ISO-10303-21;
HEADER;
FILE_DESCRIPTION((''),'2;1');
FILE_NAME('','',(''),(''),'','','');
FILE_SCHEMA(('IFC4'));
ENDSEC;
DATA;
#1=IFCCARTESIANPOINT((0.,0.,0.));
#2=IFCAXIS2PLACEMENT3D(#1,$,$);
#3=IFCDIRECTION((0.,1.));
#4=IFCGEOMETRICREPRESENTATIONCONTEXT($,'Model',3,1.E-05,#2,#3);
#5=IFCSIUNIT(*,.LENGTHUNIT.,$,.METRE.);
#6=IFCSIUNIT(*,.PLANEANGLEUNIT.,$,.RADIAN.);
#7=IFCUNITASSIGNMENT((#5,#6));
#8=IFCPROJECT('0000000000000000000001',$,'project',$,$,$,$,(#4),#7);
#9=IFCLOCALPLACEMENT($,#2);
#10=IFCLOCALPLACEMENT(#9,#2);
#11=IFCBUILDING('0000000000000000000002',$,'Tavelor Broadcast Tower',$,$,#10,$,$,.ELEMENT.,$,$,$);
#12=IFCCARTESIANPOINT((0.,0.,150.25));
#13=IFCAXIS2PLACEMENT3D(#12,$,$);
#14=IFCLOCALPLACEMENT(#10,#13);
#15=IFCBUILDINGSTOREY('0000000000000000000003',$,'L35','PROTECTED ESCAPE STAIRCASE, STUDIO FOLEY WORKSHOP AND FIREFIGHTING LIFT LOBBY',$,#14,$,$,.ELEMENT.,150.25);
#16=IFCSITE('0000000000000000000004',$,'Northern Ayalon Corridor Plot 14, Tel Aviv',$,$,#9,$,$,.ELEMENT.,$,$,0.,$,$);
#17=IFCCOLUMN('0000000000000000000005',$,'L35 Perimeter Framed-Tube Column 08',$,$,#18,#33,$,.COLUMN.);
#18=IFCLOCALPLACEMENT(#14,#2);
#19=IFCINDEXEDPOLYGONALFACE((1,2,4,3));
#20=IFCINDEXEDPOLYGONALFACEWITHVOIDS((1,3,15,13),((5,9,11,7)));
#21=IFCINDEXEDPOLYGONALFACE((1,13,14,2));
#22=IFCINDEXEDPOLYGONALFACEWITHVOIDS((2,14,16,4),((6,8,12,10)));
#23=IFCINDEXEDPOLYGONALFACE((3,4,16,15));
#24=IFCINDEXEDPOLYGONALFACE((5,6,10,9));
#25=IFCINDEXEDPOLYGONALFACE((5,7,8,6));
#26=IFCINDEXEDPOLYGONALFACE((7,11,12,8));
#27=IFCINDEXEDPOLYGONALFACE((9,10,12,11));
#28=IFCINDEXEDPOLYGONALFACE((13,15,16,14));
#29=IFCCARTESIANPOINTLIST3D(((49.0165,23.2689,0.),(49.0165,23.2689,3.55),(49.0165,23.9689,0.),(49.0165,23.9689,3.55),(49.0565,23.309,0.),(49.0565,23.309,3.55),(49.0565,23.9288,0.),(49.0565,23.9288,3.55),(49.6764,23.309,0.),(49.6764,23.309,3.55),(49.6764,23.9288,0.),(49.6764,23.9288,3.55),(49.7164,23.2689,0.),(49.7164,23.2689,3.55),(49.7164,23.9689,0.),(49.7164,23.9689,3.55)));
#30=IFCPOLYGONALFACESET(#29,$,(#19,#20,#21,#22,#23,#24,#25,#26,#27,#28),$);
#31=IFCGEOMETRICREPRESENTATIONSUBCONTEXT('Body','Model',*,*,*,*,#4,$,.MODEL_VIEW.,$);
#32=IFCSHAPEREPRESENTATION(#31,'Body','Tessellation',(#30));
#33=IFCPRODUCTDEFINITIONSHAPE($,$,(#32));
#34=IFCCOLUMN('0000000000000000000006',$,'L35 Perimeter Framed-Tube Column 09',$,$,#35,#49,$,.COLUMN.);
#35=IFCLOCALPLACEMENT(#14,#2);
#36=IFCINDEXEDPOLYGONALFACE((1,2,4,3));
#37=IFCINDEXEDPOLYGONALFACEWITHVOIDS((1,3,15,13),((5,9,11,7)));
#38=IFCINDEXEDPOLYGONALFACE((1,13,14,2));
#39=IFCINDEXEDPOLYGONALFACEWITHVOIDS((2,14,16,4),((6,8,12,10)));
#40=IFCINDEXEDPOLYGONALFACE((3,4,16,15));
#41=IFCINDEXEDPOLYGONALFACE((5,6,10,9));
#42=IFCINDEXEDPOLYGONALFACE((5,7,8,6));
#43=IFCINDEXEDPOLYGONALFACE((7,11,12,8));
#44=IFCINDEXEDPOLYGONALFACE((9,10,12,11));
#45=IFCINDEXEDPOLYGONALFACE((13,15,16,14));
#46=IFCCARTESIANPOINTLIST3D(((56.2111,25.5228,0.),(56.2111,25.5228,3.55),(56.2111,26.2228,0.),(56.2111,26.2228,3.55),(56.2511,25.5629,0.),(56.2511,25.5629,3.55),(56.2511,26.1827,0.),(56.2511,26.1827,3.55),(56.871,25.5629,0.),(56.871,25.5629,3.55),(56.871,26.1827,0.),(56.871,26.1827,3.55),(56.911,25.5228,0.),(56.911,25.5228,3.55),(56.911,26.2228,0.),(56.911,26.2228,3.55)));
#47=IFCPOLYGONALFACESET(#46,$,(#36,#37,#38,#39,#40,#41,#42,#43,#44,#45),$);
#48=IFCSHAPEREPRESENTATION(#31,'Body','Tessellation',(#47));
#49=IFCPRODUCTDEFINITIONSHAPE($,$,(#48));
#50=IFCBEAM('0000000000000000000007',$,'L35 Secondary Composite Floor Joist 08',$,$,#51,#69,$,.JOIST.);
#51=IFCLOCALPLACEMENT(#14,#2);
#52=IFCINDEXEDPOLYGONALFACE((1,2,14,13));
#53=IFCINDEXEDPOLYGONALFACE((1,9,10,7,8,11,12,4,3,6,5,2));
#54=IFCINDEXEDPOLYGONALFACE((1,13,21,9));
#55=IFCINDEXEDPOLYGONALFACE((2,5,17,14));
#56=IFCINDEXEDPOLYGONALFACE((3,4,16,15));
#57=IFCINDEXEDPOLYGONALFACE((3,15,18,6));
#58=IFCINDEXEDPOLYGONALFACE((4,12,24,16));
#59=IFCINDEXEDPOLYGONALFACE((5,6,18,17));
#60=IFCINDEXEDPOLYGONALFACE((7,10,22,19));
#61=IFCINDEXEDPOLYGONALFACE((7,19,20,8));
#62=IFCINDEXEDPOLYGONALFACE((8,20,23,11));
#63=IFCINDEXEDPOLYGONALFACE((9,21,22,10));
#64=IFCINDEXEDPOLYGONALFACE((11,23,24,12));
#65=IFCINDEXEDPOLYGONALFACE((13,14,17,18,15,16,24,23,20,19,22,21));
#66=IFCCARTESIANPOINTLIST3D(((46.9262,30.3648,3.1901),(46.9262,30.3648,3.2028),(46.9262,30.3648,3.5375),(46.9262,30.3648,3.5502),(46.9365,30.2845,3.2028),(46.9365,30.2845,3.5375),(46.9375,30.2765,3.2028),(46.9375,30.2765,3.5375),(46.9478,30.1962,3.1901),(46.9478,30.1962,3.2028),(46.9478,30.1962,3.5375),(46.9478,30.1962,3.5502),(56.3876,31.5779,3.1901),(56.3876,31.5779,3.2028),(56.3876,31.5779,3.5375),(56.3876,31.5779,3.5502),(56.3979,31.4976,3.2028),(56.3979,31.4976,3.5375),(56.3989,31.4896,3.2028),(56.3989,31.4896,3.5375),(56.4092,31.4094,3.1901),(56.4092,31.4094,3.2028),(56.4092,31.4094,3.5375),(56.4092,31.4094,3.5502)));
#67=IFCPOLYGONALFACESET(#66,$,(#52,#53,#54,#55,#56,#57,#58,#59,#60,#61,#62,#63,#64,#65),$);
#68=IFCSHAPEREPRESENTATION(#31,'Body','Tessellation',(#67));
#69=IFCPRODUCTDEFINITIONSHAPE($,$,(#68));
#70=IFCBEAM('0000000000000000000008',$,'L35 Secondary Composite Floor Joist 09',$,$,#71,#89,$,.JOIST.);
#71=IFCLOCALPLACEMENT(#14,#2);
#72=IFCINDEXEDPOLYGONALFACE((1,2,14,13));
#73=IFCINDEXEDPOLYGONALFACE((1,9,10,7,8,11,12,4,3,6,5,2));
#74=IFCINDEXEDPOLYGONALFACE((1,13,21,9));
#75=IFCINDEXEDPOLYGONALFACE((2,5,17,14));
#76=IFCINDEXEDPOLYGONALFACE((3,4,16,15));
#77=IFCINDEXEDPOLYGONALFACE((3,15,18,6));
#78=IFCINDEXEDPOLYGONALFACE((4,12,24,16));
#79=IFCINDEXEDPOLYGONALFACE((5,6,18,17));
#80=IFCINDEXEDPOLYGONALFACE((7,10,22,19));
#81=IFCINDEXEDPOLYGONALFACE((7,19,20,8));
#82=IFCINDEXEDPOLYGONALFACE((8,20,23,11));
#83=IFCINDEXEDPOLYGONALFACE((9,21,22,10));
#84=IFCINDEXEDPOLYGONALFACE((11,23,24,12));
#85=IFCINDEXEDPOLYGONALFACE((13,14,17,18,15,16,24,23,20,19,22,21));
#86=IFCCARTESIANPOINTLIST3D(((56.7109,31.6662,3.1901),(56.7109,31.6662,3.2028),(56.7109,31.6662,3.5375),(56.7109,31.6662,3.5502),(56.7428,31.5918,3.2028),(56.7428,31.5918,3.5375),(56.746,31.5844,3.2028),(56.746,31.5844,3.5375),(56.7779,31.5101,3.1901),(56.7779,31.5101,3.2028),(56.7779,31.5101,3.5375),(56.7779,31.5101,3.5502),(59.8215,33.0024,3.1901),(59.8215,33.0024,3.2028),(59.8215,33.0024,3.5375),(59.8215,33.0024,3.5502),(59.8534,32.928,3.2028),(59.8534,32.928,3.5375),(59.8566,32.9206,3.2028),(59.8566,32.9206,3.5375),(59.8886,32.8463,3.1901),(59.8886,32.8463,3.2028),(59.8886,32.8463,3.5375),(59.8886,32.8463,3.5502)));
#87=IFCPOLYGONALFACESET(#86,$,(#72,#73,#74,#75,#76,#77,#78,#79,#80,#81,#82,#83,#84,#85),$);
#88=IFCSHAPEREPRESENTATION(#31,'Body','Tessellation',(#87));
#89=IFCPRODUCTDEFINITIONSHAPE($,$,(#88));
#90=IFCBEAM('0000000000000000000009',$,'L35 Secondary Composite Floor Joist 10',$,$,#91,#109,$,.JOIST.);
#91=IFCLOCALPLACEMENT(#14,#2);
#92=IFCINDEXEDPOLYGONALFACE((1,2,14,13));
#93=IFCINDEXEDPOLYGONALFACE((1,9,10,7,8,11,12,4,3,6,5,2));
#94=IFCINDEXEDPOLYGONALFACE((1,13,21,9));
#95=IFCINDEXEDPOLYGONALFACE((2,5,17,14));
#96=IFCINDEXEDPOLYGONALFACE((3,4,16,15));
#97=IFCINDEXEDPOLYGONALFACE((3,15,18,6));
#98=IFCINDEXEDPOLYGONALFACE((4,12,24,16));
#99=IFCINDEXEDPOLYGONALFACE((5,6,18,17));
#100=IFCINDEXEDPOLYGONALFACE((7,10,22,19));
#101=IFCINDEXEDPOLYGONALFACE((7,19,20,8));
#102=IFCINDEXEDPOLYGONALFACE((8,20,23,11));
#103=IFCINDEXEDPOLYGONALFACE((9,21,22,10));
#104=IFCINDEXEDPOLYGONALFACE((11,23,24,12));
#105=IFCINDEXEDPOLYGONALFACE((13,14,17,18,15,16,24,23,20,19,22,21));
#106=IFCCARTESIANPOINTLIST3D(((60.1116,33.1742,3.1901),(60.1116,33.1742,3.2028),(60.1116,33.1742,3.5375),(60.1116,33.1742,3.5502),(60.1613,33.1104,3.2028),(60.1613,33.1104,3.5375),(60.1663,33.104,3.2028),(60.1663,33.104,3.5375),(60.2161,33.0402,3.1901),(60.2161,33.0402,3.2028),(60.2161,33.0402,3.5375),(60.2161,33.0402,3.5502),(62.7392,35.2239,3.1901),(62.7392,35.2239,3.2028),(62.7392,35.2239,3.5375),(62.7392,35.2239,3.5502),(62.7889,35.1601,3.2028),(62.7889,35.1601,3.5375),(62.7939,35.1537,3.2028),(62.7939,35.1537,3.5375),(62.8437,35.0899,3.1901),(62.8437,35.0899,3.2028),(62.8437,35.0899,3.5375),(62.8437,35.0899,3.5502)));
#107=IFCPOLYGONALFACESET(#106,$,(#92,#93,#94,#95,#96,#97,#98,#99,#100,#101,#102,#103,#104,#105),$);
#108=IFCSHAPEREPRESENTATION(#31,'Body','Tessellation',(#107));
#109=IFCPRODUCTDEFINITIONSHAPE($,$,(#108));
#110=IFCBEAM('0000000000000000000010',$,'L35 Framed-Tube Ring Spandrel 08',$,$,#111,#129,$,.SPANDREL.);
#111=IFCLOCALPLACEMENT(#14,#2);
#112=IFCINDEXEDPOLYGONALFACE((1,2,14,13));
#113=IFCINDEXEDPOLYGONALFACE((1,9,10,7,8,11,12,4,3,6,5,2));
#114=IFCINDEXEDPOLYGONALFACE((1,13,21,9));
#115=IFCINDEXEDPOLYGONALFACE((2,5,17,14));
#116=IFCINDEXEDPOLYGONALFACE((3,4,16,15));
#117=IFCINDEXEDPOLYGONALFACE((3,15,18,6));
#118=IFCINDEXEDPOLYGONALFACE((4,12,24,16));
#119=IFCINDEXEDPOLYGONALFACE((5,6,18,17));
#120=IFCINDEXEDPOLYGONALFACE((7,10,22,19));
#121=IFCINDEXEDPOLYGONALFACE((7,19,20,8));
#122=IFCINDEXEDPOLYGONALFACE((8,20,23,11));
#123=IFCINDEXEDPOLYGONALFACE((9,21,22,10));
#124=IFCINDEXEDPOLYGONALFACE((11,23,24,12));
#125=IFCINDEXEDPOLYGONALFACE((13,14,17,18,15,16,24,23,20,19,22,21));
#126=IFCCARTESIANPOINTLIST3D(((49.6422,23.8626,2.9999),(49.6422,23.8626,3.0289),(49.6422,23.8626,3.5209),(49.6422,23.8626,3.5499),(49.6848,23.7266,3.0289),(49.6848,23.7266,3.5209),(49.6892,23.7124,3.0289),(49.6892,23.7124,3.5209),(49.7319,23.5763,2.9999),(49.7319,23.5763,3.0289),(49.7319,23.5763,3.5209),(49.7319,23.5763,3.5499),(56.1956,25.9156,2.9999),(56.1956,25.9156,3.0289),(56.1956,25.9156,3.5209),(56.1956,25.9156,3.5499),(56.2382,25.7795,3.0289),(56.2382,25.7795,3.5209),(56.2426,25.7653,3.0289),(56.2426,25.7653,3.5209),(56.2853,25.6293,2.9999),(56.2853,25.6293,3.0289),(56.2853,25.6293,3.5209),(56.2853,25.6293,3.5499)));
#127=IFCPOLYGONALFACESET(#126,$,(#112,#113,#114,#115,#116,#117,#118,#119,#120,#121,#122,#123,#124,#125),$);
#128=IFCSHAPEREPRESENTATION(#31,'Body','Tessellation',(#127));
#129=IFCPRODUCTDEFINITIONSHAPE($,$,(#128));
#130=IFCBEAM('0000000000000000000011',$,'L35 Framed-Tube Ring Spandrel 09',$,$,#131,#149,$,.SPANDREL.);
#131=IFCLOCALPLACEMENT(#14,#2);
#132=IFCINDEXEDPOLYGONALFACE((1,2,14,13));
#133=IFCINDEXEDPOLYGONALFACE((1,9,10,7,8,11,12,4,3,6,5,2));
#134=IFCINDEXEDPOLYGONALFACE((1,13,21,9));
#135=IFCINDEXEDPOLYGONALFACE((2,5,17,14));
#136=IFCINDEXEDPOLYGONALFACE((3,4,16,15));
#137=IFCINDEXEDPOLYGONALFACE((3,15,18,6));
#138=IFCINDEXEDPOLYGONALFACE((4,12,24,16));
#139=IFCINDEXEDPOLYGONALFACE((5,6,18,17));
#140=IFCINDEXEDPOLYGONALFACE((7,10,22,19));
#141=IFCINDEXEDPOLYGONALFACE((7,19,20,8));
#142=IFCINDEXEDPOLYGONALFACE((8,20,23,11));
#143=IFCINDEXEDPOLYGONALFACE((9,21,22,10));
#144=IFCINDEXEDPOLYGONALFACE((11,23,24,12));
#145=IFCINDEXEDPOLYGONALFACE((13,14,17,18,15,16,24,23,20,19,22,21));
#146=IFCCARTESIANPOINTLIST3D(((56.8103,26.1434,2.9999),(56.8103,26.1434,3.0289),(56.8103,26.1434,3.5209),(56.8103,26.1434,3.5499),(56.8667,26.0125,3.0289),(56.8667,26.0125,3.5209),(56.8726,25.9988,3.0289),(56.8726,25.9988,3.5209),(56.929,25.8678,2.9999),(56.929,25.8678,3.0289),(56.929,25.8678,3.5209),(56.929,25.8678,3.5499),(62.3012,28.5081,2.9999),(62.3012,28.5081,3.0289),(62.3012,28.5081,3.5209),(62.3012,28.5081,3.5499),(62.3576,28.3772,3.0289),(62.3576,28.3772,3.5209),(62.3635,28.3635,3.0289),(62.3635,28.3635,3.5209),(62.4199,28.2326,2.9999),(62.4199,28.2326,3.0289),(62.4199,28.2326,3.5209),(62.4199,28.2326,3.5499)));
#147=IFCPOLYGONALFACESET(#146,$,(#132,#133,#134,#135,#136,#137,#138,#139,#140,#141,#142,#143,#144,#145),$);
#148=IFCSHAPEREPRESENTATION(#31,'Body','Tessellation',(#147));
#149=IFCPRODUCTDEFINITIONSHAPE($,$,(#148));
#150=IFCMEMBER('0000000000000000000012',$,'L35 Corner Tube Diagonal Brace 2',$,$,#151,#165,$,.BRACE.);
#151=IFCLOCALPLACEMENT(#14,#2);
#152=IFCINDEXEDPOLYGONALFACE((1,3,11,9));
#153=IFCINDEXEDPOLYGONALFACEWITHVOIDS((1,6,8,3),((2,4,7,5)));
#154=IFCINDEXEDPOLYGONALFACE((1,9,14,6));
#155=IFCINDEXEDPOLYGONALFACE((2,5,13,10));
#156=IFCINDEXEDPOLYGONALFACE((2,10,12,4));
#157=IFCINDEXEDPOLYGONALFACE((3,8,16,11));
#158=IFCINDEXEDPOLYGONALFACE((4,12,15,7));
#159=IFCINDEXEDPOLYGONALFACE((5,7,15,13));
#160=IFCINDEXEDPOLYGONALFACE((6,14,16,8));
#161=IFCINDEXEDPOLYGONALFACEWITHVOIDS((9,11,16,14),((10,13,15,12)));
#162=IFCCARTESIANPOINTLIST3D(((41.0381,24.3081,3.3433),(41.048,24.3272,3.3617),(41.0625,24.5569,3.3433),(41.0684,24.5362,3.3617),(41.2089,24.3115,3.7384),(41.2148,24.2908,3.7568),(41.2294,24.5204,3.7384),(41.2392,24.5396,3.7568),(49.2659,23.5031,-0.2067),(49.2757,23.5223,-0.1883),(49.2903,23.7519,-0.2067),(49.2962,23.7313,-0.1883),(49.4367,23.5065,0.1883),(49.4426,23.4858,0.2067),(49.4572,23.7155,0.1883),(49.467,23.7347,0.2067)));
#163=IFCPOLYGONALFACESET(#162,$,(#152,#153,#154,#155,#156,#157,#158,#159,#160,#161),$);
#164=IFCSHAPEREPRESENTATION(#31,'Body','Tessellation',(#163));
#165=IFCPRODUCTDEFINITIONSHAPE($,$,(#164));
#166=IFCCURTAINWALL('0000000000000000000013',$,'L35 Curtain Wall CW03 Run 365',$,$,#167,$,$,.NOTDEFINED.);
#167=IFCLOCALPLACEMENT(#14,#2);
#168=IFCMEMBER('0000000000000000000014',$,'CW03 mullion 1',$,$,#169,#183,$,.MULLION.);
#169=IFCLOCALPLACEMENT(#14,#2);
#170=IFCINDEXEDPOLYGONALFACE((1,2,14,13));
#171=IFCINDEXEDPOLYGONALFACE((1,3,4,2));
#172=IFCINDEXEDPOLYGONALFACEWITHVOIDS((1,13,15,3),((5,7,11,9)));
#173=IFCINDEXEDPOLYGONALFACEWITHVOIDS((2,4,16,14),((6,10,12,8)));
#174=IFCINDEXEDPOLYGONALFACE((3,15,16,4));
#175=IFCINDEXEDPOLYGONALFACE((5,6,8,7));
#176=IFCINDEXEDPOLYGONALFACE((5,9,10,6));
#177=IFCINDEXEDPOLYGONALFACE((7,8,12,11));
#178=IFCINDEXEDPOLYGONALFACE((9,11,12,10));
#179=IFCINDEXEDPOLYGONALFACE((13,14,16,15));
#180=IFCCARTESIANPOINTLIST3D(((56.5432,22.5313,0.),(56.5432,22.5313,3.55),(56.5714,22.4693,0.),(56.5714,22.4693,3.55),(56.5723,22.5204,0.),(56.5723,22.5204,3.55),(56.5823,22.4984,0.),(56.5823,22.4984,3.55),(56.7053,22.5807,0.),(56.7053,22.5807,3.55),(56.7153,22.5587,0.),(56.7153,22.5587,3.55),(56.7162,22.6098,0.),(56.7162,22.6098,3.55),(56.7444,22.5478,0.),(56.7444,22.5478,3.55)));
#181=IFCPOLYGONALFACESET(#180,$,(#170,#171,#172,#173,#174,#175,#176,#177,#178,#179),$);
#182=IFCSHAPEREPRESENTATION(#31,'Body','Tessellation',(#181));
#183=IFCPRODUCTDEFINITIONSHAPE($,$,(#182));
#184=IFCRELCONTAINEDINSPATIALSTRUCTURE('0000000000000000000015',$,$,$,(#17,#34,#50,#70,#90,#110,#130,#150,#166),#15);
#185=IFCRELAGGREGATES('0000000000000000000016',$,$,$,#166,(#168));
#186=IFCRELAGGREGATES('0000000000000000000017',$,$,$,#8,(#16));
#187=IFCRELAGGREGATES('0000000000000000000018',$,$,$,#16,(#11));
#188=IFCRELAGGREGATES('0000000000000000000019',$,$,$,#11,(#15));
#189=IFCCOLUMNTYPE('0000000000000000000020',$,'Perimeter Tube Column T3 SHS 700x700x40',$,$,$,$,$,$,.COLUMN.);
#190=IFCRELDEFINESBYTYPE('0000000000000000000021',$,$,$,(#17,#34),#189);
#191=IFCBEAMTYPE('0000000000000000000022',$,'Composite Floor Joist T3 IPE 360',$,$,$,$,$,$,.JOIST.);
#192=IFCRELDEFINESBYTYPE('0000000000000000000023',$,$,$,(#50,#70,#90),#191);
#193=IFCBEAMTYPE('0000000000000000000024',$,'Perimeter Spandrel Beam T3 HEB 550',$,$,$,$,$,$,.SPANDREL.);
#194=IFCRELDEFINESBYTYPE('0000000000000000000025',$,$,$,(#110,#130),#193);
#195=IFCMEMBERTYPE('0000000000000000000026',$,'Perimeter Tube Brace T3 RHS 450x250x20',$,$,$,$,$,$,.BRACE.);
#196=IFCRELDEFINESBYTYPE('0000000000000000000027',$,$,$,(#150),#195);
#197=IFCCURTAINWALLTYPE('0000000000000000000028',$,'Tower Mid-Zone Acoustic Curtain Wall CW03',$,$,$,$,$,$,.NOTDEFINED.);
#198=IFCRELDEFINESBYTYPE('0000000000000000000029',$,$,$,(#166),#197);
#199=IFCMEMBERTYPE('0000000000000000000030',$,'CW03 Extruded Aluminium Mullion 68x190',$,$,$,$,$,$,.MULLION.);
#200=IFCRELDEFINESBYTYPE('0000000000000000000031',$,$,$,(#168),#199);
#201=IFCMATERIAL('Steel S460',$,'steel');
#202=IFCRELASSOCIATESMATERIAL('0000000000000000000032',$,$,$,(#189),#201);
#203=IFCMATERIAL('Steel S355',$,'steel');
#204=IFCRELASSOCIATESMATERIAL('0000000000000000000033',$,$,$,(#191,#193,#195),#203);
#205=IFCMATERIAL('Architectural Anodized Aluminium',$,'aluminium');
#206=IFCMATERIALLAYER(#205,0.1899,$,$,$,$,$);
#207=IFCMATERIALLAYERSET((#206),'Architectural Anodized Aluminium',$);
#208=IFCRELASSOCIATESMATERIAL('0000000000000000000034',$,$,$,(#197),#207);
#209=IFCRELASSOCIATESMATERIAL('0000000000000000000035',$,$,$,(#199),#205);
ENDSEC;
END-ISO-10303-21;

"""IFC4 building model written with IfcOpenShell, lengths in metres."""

from ifc_helpers import new_model, si_unit, direction, frame, origin, origin_2d, place, context, subcontext, project, spatial, hollow_rectangle, i_section, extrude, source, transform, mapped, material, layer, layer_set, material_profile, profile_set, type_object, type_shapes, element, aggregate, save


model = new_model("IFC4")

# Units and contexts
model_context = context("Model", 3, precision=1e-05, world=origin(), true_north=direction((0.0, 1.0)))
body_context = subcontext(model_context, "Body", "Model", "MODEL_VIEW")
ifc_project = project(units=[si_unit("LENGTHUNIT", "METRE"), si_unit("PLANEANGLEUNIT", "RADIAN")], contexts=[model_context])

# Site, building, storey
site_placement = place(None, origin())
site = spatial("IfcSite", under=ifc_project, at=site_placement, Name="Northern Ayalon Corridor Plot 14, Tel Aviv", CompositionType="ELEMENT", RefElevation=0.0)
building_placement = place(site_placement, origin())
building = spatial("IfcBuilding", under=site, at=building_placement, Name="Tavelor Broadcast Tower", CompositionType="ELEMENT")
storey_placement = place(building_placement, frame((0.0, 0.0, 150.25)))
storey = spatial("IfcBuildingStorey", under=building, at=storey_placement, Name="L35", Description="PROTECTED ESCAPE STAIRCASE, STUDIO FOLEY WORKSHOP AND FIREFIGHTING LIFT LOBBY", CompositionType="ELEMENT", Elevation=150.25)

# Columns
ifc_material_1 = material(Name="Steel S460", Category="steel")
ifc_material_profile_1 = material_profile(ifc_material_1, hollow_rectangle(XDim=0.7, YDim=0.7, WallThickness=0.04, at=origin_2d()), Name="SHS 700x700x40")
ifc_profile_set_1 = profile_set([ifc_material_profile_1], Name="Steel S460")
column_type = type_object("IfcColumnType", Name="Perimeter Tube Column T3 SHS 700x700x40", PredefinedType="COLUMN", material=ifc_profile_set_1)
for number, where, z_axis, x_axis, name in (
    (1, (49.3665, 23.6189, 0.0), (0.0, 0.0, 1.0), (1.0, 0.0, 0.0), "L35 Perimeter Framed-Tube Column 08"),
    (2, (56.561, 25.8728, 0.0), (0.0, 0.0, 1.0), (1.0, 0.0, 0.0), "L35 Perimeter Framed-Tube Column 09"),
):
    element("IfcColumn", number, at=place(storey_placement, frame(where, z_axis=z_axis, x_axis=x_axis)), inside=storey, type_object=column_type, Name=name, PredefinedType="COLUMN", context=body_context, shape_type="SweptSolid", body=[
        extrude(hollow_rectangle(XDim=0.7, YDim=0.7, WallThickness=0.04, at=origin_2d()), origin(), (0.0, 0.0, 1.0), 3.55),
    ])

# Beams
ifc_material_2 = material(Name="Steel S355", Category="steel")
ifc_material_profile_2 = material_profile(ifc_material_2, i_section(OverallWidth=0.1699, OverallDepth=0.3601, WebThickness=0.0081, FlangeThickness=0.0127, at=origin_2d()), Name="IPE 360")
ifc_profile_set_2 = profile_set([ifc_material_profile_2], Name="Steel S355")
beam_type_1 = type_object("IfcBeamType", Name="Composite Floor Joist T3 IPE 360", PredefinedType="JOIST", material=ifc_profile_set_2)
beam_1_placement = place(storey_placement, frame((46.937, 30.2805, 3.3701), z_axis=(0.99188, 0.127178, 0.0), x_axis=(-0.127178, 0.99188, 0.0)))
element("IfcBeam", 3, at=beam_1_placement, inside=storey, type_object=beam_type_1, Name="L35 Secondary Composite Floor Joist 08", PredefinedType="JOIST", context=body_context, shape_type="SweptSolid", body=[
    extrude(i_section(OverallWidth=0.1699, OverallDepth=0.3601, WebThickness=0.0081, FlangeThickness=0.0127, at=origin_2d()), origin(), (0.0, 0.0, 1.0), 9.5388),
])
beam_2_placement = place(storey_placement, frame((56.7444, 31.5881, 3.3701), z_axis=(0.918816, 0.394685, 0.0), x_axis=(-0.394685, 0.918816, 0.0)))
element("IfcBeam", 4, at=beam_2_placement, inside=storey, type_object=beam_type_1, Name="L35 Secondary Composite Floor Joist 09", PredefinedType="JOIST", context=body_context, shape_type="SweptSolid", body=[
    extrude(i_section(OverallWidth=0.1699, OverallDepth=0.3601, WebThickness=0.0081, FlangeThickness=0.0127, at=origin_2d()), origin(), (0.0, 0.0, 1.0), 3.3855),
])
beam_3_placement = place(storey_placement, frame((60.1638, 33.1072, 3.3701), z_axis=(0.788472, 0.615071, 0.0), x_axis=(-0.615071, 0.788472, 0.0)))
element("IfcBeam", 5, at=beam_3_placement, inside=storey, type_object=beam_type_1, Name="L35 Secondary Composite Floor Joist 10", PredefinedType="JOIST", context=body_context, shape_type="SweptSolid", body=[
    extrude(i_section(OverallWidth=0.1699, OverallDepth=0.3601, WebThickness=0.0081, FlangeThickness=0.0127, at=origin_2d()), origin(), (0.0, 0.0, 1.0), 3.3325),
])
ifc_material_profile_3 = material_profile(ifc_material_2, i_section(OverallWidth=0.3, OverallDepth=0.55, WebThickness=0.0149, FlangeThickness=0.0291, at=origin_2d()), Name="HEB 550")
ifc_profile_set_3 = profile_set([ifc_material_profile_3], Name="Steel S355")
beam_type_2 = type_object("IfcBeamType", Name="Perimeter Spandrel Beam T3 HEB 550", PredefinedType="SPANDREL", material=ifc_profile_set_3)
beam_4_placement = place(storey_placement, frame((49.687, 23.7195, 3.2749), z_axis=(0.954272, 0.298941, 0.0), x_axis=(-0.298941, 0.954272, 0.0)))
element("IfcBeam", 6, at=beam_4_placement, inside=storey, type_object=beam_type_2, Name="L35 Framed-Tube Ring Spandrel 08", PredefinedType="SPANDREL", context=body_context, shape_type="SweptSolid", body=[
    extrude(i_section(OverallWidth=0.3, OverallDepth=0.55, WebThickness=0.0149, FlangeThickness=0.0291, at=origin_2d()), origin(), (0.0, 0.0, 1.0), 6.8674),
])
beam_5_placement = place(storey_placement, frame((56.8696, 26.0056, 3.2749), z_axis=(0.918449, 0.39554, 0.0), x_axis=(-0.39554, 0.918449, 0.0)))
element("IfcBeam", 7, at=beam_5_placement, inside=storey, type_object=beam_type_2, Name="L35 Framed-Tube Ring Spandrel 09", PredefinedType="SPANDREL", context=body_context, shape_type="SweptSolid", body=[
    extrude(i_section(OverallWidth=0.3, OverallDepth=0.55, WebThickness=0.0149, FlangeThickness=0.0291, at=origin_2d()), origin(), (0.0, 0.0, 1.0), 5.9785),
])

# Member
ifc_material_profile_4 = material_profile(ifc_material_2, hollow_rectangle(XDim=0.25, YDim=0.45, WallThickness=0.02, at=origin_2d()), Name="RHS 450x250x20")
ifc_profile_set_4 = profile_set([ifc_material_profile_4], Name="Steel S355")
member_type_1 = type_object("IfcMemberType", Name="Perimeter Tube Brace T3 RHS 450x250x20", PredefinedType="BRACE", material=ifc_profile_set_4)
member_1_placement = place(storey_placement, frame((49.3665, 23.6189, 0.0), z_axis=(-0.914496, 0.089466, 0.394579), x_axis=(-0.097366, -0.995249, 0.0)))
element("IfcMember", 8, at=member_1_placement, inside=storey, type_object=member_type_1, Name="L35 Corner Tube Diagonal Brace 2", PredefinedType="BRACE", context=body_context, shape_type="SweptSolid", body=[
    extrude(hollow_rectangle(XDim=0.25, YDim=0.45, WallThickness=0.02, at=origin_2d()), origin(), (0.0, 0.0, 1.0), 8.9971),
])

# Curtain wall, member
ifc_material_3 = material(Name="Architectural Anodized Aluminium", Category="aluminium")
ifc_layer_1 = layer(ifc_material_3, 0.1899)
ifc_layer_set_1 = layer_set([ifc_layer_1], Name="Architectural Anodized Aluminium")
curtain_wall_type = type_object("IfcCurtainWallType", Name="Tower Mid-Zone Acoustic Curtain Wall CW03", PredefinedType="NOTDEFINED", material=ifc_layer_set_1)
curtain_wall_placement = place(storey_placement, origin())
curtain_wall = element("IfcCurtainWall", 9, at=curtain_wall_placement, inside=storey, type_object=curtain_wall_type, Name="L35 Curtain Wall CW03 Run 365", PredefinedType="NOTDEFINED")
ifc_material_profile_5 = material_profile(ifc_material_3, hollow_rectangle(XDim=0.0681, YDim=0.1899, WallThickness=0.022, at=origin_2d()), Name="RHS 68x190x22")
ifc_profile_set_5 = profile_set([ifc_material_profile_5], Name="Architectural Anodized Aluminium")
member_type_2 = type_object("IfcMemberType", Name="CW03 Extruded Aluminium Mullion 68x190", PredefinedType="MULLION", material=ifc_profile_set_5)
shared_shape_1 = source(origin(), body_context, "Body", "SweptSolid", [
    extrude(hollow_rectangle(XDim=0.0681, YDim=0.1899, WallThickness=0.022, at=origin_2d()), origin(), (0.0, 0.0, 1.0), 3.55),
])
type_shapes(member_type_2, [shared_shape_1])
member_2_placement = place(storey_placement, frame((56.6438, 22.5396, 0.0), z_axis=(0.0, 0.0, 1.0), x_axis=(-0.413509, 0.9105, 0.0)))
member_2 = element("IfcMember", 10, at=member_2_placement, type_object=member_type_2, Name="CW03 mullion 1", PredefinedType="MULLION", context=body_context, shape_type="MappedRepresentation", body=[
    mapped(shared_shape_1, transform((0.0, 0.0, 0.0), scale=1.0)),
])

aggregate(curtain_wall, [member_2])

save(model, "model.ifc")
